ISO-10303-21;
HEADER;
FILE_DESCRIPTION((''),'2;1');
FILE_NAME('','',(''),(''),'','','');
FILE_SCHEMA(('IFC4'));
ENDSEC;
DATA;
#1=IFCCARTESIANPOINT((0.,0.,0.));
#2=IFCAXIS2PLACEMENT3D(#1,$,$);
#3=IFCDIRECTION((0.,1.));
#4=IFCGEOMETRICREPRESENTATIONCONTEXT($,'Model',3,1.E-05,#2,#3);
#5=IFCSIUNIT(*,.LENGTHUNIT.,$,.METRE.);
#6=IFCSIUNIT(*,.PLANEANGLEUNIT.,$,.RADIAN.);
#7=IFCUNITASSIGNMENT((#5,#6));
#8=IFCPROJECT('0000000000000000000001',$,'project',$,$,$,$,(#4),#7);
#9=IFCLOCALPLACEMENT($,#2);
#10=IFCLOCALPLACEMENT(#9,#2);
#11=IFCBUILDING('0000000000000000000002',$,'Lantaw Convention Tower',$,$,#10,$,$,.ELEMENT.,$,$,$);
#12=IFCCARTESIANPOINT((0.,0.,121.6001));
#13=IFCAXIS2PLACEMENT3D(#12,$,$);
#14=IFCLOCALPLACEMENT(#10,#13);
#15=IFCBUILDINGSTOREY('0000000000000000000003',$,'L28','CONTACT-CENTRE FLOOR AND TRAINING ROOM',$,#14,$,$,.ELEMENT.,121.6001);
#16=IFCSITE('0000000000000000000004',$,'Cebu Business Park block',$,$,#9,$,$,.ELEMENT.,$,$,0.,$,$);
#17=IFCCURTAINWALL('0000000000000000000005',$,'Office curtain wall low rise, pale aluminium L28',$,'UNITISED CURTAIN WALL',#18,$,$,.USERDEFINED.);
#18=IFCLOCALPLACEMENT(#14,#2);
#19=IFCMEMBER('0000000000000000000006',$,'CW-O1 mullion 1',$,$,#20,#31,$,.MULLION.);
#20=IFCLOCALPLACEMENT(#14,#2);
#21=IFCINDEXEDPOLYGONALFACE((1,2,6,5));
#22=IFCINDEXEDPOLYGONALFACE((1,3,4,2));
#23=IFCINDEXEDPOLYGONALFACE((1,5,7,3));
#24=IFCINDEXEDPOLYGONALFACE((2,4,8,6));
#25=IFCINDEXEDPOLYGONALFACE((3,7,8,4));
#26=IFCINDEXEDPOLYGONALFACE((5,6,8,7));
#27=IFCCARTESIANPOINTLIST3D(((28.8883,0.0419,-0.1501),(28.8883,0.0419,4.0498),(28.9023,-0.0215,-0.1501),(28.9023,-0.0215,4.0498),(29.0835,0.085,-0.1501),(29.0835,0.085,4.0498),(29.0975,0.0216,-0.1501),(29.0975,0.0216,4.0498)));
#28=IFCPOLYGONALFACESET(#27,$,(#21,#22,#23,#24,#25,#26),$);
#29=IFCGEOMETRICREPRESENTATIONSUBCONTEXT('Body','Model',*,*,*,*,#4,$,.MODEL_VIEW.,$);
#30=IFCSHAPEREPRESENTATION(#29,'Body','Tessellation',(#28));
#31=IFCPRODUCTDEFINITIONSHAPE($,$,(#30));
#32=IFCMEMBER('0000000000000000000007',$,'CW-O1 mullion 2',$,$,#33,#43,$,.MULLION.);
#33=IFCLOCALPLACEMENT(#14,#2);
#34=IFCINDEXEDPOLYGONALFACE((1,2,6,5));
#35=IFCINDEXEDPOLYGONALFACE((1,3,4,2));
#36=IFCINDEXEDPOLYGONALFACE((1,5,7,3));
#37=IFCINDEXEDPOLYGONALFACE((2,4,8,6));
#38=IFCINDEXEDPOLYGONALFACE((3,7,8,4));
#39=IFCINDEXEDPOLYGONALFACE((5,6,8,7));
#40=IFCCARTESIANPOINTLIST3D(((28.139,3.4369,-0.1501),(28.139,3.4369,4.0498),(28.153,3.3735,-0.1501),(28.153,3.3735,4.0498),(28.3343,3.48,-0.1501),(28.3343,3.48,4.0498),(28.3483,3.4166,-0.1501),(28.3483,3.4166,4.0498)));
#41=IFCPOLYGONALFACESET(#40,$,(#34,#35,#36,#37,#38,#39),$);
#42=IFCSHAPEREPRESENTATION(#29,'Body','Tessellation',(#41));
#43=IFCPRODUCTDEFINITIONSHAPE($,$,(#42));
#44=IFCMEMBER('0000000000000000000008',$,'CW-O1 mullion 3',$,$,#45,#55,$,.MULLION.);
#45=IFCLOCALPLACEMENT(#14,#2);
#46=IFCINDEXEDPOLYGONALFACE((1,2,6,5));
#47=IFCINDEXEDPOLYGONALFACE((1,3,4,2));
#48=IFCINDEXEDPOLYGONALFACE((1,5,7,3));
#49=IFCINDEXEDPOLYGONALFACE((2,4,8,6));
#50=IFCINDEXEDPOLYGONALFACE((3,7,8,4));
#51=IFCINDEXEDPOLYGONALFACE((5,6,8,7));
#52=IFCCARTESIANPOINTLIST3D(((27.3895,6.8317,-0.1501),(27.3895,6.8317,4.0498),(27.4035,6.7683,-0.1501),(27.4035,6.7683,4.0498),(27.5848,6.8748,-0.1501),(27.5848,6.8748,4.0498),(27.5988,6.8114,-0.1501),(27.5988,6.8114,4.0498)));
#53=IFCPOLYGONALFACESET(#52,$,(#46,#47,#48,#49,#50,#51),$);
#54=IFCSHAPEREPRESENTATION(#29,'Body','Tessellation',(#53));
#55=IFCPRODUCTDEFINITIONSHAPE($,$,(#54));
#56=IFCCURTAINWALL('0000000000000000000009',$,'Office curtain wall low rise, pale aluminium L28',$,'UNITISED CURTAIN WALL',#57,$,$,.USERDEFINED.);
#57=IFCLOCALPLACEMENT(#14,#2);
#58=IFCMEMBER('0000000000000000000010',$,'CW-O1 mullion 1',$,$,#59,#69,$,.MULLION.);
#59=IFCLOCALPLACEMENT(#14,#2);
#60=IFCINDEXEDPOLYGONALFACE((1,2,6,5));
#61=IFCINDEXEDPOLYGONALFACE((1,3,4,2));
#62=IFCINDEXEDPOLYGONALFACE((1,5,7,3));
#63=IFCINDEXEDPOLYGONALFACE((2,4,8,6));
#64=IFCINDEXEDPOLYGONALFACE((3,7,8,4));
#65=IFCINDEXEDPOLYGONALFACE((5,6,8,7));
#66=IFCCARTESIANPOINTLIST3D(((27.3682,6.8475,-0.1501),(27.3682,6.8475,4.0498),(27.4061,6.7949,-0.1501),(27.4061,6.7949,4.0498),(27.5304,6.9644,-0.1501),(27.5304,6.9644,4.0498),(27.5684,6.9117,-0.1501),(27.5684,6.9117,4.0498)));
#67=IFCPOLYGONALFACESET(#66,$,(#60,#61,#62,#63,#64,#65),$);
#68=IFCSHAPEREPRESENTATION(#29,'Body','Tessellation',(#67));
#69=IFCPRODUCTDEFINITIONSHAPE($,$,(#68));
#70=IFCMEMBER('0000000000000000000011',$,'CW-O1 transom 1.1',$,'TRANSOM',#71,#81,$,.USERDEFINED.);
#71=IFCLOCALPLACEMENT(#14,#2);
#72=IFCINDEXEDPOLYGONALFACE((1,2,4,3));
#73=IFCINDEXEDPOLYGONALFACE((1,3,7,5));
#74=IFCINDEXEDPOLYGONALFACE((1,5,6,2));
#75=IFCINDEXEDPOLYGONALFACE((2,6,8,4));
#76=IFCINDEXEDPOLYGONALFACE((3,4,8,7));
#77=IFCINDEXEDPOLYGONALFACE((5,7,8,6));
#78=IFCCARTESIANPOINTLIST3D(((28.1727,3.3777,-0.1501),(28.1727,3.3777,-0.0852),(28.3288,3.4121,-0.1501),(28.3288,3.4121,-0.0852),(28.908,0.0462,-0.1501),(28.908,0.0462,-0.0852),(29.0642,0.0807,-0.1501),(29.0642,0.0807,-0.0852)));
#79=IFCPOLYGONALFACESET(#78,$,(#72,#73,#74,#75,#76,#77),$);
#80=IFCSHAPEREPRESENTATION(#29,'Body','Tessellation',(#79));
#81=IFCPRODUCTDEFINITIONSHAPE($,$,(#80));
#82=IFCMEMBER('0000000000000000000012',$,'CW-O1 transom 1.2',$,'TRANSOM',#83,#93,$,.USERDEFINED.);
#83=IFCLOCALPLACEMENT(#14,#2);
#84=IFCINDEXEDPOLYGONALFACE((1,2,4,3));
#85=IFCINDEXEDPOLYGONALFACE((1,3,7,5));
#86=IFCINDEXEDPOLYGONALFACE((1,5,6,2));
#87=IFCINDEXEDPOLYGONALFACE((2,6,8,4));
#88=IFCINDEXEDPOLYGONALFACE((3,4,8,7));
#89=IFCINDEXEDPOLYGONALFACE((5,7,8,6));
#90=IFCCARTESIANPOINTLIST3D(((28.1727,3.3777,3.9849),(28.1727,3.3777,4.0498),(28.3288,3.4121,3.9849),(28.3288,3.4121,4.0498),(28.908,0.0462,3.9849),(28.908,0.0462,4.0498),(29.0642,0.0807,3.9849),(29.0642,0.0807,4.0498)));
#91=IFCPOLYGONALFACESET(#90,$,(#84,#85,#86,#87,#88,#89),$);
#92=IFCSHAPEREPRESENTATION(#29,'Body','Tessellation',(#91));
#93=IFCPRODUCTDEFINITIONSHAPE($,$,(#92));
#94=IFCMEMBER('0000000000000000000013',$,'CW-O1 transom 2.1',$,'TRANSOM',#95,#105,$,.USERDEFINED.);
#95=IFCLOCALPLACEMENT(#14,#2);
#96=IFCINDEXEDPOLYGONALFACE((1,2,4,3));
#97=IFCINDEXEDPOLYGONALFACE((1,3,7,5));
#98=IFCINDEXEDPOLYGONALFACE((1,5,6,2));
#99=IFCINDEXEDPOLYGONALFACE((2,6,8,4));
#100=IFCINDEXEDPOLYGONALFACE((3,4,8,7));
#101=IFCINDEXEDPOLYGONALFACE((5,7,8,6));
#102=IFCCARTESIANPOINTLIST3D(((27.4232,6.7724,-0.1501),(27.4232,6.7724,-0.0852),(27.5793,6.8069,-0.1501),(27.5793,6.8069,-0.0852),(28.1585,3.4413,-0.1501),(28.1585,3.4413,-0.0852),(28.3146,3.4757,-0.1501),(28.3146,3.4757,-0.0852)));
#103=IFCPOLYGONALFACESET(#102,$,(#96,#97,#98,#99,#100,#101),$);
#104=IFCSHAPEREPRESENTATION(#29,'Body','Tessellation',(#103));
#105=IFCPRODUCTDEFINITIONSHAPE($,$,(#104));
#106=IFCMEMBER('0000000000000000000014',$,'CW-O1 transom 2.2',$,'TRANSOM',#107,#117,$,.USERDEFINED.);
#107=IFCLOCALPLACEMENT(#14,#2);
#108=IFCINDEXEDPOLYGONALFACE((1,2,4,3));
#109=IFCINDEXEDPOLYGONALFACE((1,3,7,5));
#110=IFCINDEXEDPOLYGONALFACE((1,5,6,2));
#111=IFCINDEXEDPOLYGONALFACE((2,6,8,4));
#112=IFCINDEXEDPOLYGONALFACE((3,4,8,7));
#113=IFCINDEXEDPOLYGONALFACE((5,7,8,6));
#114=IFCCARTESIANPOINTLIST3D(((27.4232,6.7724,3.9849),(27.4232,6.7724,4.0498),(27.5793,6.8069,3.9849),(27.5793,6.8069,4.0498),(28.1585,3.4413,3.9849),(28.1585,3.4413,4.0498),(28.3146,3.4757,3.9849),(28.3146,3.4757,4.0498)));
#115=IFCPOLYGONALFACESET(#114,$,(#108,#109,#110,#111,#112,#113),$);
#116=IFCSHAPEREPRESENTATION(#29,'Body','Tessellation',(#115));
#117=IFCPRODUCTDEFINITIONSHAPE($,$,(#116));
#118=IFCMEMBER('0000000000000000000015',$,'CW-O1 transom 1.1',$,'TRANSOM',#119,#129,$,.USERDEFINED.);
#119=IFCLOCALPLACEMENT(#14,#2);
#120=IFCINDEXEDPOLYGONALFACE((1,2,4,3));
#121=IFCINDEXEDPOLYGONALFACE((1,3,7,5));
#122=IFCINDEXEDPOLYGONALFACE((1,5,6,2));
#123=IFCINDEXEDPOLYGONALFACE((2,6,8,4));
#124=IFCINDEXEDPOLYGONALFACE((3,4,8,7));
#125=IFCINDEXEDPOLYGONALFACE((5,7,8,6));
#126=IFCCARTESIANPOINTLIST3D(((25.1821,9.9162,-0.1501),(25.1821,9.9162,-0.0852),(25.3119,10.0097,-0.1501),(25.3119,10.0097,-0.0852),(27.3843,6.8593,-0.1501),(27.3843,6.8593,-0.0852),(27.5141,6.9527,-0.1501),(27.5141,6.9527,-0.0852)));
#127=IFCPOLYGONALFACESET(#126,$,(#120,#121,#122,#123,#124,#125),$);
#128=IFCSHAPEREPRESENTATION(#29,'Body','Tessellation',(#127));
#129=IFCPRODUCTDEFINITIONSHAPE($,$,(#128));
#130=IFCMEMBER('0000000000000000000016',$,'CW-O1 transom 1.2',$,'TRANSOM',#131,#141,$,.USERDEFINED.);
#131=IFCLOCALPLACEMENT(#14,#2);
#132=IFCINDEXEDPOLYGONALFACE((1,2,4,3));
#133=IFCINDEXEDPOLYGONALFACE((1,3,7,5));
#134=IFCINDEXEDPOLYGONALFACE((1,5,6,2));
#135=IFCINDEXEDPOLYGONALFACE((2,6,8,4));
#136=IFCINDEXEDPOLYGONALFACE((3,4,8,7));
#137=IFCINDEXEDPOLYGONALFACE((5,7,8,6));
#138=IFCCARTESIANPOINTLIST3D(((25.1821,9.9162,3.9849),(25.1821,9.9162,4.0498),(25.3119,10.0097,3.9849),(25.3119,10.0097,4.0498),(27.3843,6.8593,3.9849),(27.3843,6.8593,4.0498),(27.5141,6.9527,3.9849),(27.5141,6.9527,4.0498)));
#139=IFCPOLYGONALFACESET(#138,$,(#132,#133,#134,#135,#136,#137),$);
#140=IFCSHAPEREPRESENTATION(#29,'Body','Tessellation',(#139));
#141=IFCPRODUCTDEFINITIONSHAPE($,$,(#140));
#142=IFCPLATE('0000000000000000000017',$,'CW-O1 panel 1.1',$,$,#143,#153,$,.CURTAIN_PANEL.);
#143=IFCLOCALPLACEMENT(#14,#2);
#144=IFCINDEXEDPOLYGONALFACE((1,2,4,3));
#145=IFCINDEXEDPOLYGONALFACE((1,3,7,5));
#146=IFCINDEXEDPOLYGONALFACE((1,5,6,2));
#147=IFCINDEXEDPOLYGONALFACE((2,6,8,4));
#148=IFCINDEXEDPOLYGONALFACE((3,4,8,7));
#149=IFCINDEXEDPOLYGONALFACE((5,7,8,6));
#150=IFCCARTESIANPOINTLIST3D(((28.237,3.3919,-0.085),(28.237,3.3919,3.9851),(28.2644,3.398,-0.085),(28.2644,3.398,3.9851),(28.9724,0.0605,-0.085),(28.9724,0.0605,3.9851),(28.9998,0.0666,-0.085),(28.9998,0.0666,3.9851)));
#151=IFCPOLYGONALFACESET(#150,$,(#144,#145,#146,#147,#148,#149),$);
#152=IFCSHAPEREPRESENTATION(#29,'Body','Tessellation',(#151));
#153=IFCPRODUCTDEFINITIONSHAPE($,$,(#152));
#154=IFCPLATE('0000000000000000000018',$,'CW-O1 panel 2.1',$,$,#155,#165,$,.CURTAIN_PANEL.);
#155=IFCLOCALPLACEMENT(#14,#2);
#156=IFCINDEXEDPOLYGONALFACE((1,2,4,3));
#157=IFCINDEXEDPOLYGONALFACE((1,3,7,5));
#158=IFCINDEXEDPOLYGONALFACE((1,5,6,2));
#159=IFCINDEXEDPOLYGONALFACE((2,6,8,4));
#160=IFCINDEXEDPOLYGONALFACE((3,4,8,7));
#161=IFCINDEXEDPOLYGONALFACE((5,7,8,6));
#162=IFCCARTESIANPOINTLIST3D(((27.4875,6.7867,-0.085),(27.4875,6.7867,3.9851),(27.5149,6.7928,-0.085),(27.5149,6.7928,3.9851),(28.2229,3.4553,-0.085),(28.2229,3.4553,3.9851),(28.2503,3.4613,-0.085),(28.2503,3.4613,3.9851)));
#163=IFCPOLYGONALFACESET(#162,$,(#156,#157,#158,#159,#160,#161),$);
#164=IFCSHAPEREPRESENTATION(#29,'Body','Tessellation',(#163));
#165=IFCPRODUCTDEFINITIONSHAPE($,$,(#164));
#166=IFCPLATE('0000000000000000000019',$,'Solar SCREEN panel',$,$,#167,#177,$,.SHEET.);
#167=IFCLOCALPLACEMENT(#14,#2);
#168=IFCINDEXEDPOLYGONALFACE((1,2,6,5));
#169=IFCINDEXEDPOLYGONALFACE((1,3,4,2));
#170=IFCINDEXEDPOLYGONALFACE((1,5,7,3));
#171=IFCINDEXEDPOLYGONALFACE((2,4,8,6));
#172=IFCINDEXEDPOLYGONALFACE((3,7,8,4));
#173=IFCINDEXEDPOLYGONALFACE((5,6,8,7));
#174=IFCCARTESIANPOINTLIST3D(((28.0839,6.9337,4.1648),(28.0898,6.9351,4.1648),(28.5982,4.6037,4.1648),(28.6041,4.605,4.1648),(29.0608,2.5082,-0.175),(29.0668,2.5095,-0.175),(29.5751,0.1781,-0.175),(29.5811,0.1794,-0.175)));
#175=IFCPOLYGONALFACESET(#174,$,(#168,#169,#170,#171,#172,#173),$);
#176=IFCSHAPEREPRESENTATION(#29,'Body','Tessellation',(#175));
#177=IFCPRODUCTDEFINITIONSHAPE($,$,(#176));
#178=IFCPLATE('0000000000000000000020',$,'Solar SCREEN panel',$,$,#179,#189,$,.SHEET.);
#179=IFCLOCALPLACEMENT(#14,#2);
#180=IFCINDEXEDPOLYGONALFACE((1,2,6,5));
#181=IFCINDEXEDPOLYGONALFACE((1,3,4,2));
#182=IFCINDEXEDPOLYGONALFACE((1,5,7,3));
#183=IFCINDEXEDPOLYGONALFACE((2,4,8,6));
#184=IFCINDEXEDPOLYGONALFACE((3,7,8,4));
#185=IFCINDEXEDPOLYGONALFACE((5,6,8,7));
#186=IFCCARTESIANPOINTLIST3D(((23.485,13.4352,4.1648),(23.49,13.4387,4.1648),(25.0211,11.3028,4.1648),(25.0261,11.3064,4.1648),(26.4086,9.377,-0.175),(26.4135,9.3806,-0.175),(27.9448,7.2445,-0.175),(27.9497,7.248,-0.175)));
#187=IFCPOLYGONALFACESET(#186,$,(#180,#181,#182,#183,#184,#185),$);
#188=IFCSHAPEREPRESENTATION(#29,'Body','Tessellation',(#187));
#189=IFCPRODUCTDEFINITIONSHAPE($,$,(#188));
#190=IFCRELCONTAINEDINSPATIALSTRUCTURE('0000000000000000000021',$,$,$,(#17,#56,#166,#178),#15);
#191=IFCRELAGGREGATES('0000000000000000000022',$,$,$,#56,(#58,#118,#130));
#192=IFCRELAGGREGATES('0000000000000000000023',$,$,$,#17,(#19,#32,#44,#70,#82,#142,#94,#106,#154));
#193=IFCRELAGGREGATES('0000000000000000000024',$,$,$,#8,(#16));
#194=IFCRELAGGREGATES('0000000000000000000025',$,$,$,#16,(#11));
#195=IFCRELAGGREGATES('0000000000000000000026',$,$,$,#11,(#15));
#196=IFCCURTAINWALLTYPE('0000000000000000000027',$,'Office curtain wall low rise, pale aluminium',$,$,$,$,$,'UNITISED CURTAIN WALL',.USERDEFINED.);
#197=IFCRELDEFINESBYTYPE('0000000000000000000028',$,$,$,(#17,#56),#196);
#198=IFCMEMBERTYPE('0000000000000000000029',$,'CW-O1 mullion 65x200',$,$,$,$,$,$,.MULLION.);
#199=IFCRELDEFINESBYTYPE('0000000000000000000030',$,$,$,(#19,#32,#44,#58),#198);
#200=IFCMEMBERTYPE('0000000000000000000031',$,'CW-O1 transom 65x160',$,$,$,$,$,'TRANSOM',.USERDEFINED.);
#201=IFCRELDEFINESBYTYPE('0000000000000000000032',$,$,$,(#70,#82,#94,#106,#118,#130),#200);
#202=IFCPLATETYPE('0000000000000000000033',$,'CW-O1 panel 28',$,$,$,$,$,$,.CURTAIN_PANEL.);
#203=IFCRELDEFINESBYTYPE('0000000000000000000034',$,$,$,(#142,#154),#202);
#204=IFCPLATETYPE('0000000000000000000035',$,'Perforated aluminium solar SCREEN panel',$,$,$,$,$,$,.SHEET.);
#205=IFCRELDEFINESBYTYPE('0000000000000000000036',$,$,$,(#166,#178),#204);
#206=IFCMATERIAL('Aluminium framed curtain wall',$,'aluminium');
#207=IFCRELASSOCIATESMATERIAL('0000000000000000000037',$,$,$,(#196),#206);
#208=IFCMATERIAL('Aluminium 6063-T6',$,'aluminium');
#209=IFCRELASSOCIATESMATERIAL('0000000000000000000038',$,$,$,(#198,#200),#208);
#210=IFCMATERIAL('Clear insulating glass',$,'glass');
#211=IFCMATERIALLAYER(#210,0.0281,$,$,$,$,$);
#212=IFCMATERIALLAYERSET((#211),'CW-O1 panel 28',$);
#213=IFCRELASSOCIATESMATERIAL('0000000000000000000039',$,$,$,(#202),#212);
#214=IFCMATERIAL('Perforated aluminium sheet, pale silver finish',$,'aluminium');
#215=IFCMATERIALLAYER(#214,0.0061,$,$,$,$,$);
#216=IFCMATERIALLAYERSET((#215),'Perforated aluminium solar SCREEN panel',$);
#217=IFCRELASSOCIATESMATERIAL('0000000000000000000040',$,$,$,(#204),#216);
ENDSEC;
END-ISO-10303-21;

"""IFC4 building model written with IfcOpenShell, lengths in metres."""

from ifc_helpers import new_model, si_unit, direction, frame, origin, origin_2d, place, context, subcontext, project, spatial, polyline, rectangle, outline, extrude, material, layer, layer_set, material_profile, profile_set, type_object, element, aggregate, save


model = new_model("IFC4")

# Units and contexts
model_context = context("Model", 3, precision=1e-05, world=origin(), true_north=direction((0.0, 1.0)))
body_context = subcontext(model_context, "Body", "Model", "MODEL_VIEW")
ifc_project = project(units=[si_unit("LENGTHUNIT", "METRE"), si_unit("PLANEANGLEUNIT", "RADIAN")], contexts=[model_context])

# Site, building, storey
site_placement = place(None, origin())
site = spatial("IfcSite", under=ifc_project, at=site_placement, Name="Cebu Business Park block", CompositionType="ELEMENT", RefElevation=0.0)
building_placement = place(site_placement, origin())
building = spatial("IfcBuilding", under=site, at=building_placement, Name="Lantaw Convention Tower", CompositionType="ELEMENT")
storey_placement = place(building_placement, frame((0.0, 0.0, 121.6001)))
storey = spatial("IfcBuildingStorey", under=building, at=storey_placement, Name="L28", Description="CONTACT-CENTRE FLOOR AND TRAINING ROOM", CompositionType="ELEMENT", Elevation=121.6001)

# Curtain wall, members
ifc_material_1 = material(Name="Aluminium framed curtain wall", Category="aluminium")
curtain_wall_type = type_object("IfcCurtainWallType", Name="Office curtain wall low rise, pale aluminium", ElementType="UNITISED CURTAIN WALL", PredefinedType="USERDEFINED", material=ifc_material_1)
curtain_wall_1_placement = place(storey_placement, origin())
curtain_wall_1 = element("IfcCurtainWall", 1, at=curtain_wall_1_placement, inside=storey, type_object=curtain_wall_type, Name="Office curtain wall low rise, pale aluminium L28", ObjectType="UNITISED CURTAIN WALL", PredefinedType="USERDEFINED")
ifc_material_2 = material(Name="Aluminium 6063-T6", Category="aluminium")
ifc_material_profile_1 = material_profile(ifc_material_2, rectangle(XDim=0.2, YDim=0.0649, at=origin_2d()), Name="CW-O1 mullion 65x200")
ifc_profile_set_1 = profile_set([ifc_material_profile_1], Name="Aluminium 6063-T6")
member_type_1 = type_object("IfcMemberType", Name="CW-O1 mullion 65x200", PredefinedType="MULLION", material=ifc_profile_set_1)
member_1_placement = place(storey_placement, frame((28.9929, 0.0317, -0.1501), z_axis=(0.0, 0.0, 1.0), x_axis=(-0.976494, -0.215546, 0.0)))
member_1 = element("IfcMember", 2, at=member_1_placement, type_object=member_type_1, Name="CW-O1 mullion 1", PredefinedType="MULLION", context=body_context, shape_type="SweptSolid", body=[
    extrude(rectangle(XDim=0.2, YDim=0.0649, at=origin_2d()), origin(), (0.0, 0.0, 1.0), 4.2),
])
member_2_placement = place(storey_placement, frame((28.2437, 3.4268, -0.1501), z_axis=(0.0, 0.0, 1.0), x_axis=(-0.976494, -0.215546, 0.0)))
member_2 = element("IfcMember", 3, at=member_2_placement, type_object=member_type_1, Name="CW-O1 mullion 2", PredefinedType="MULLION", context=body_context, shape_type="SweptSolid", body=[
    extrude(rectangle(XDim=0.2, YDim=0.0649, at=origin_2d()), origin(), (0.0, 0.0, 1.0), 4.2),
])
member_3_placement = place(storey_placement, frame((27.4941, 6.8215, -0.1501), z_axis=(0.0, 0.0, 1.0), x_axis=(-0.976494, -0.215546, 0.0)))
member_3 = element("IfcMember", 4, at=member_3_placement, type_object=member_type_1, Name="CW-O1 mullion 3", PredefinedType="MULLION", context=body_context, shape_type="SweptSolid", body=[
    extrude(rectangle(XDim=0.2, YDim=0.0649, at=origin_2d()), origin(), (0.0, 0.0, 1.0), 4.2),
])

# Curtain wall, member
curtain_wall_2_placement = place(storey_placement, origin())
curtain_wall_2 = element("IfcCurtainWall", 5, at=curtain_wall_2_placement, inside=storey, type_object=curtain_wall_type, Name="Office curtain wall low rise, pale aluminium L28", ObjectType="UNITISED CURTAIN WALL", PredefinedType="USERDEFINED")
member_4_placement = place(storey_placement, frame((27.4683, 6.8796, -0.1501), z_axis=(0.0, 0.0, 1.0), x_axis=(-0.811385, -0.584513, 0.0)))
member_4 = element("IfcMember", 6, at=member_4_placement, type_object=member_type_1, Name="CW-O1 mullion 1", PredefinedType="MULLION", context=body_context, shape_type="SweptSolid", body=[
    extrude(rectangle(XDim=0.2, YDim=0.0649, at=origin_2d()), origin(), (0.0, 0.0, 1.0), 4.2),
])

# Members
ifc_material_profile_2 = material_profile(ifc_material_2, rectangle(XDim=0.1599, YDim=0.0649, at=origin_2d()), Name="CW-O1 transom 65x160")
ifc_profile_set_2 = profile_set([ifc_material_profile_2], Name="Aluminium 6063-T6")
member_type_2 = type_object("IfcMemberType", Name="CW-O1 transom 65x160", ElementType="TRANSOM", PredefinedType="USERDEFINED", material=ifc_profile_set_2)
member_5_placement = place(storey_placement, frame((28.9861, 0.0635, -0.1177), z_axis=(-0.215536, 0.976496, 0.0), x_axis=(-0.976496, -0.215536, 0.0)))
member_5 = element("IfcMember", 7, at=member_5_placement, type_object=member_type_2, Name="CW-O1 transom 1.1", ObjectType="TRANSOM", PredefinedType="USERDEFINED", context=body_context, shape_type="SweptSolid", body=[
    extrude(rectangle(XDim=0.1599, YDim=0.0649, at=origin_2d()), origin(), (0.0, 0.0, 1.0), 3.4116),
])
member_6_placement = place(storey_placement, frame((28.9861, 0.0635, 4.0173), z_axis=(-0.215536, 0.976496, 0.0), x_axis=(-0.976496, -0.215536, 0.0)))
member_6 = element("IfcMember", 8, at=member_6_placement, type_object=member_type_2, Name="CW-O1 transom 1.2", ObjectType="TRANSOM", PredefinedType="USERDEFINED", context=body_context, shape_type="SweptSolid", body=[
    extrude(rectangle(XDim=0.1599, YDim=0.0649, at=origin_2d()), origin(), (0.0, 0.0, 1.0), 3.4116),
])
member_7_placement = place(storey_placement, frame((28.2366, 3.4585, -0.1177), z_axis=(-0.215551, 0.976493, 0.0), x_axis=(-0.976493, -0.215551, 0.0)))
member_7 = element("IfcMember", 9, at=member_7_placement, type_object=member_type_2, Name="CW-O1 transom 2.1", ObjectType="TRANSOM", PredefinedType="USERDEFINED", context=body_context, shape_type="SweptSolid", body=[
    extrude(rectangle(XDim=0.1599, YDim=0.0649, at=origin_2d()), origin(), (0.0, 0.0, 1.0), 3.4114),
])
member_8_placement = place(storey_placement, frame((28.2366, 3.4585, 4.0173), z_axis=(-0.215551, 0.976493, 0.0), x_axis=(-0.976493, -0.215551, 0.0)))
member_8 = element("IfcMember", 10, at=member_8_placement, type_object=member_type_2, Name="CW-O1 transom 2.2", ObjectType="TRANSOM", PredefinedType="USERDEFINED", context=body_context, shape_type="SweptSolid", body=[
    extrude(rectangle(XDim=0.1599, YDim=0.0649, at=origin_2d()), origin(), (0.0, 0.0, 1.0), 3.4114),
])
member_9_placement = place(storey_placement, frame((27.4492, 6.906, -0.1177), z_axis=(-0.584513, 0.811384, 0.0), x_axis=(-0.811384, -0.584513, 0.0)))
member_9 = element("IfcMember", 11, at=member_9_placement, type_object=member_type_2, Name="CW-O1 transom 1.1", ObjectType="TRANSOM", PredefinedType="USERDEFINED", context=body_context, shape_type="SweptSolid", body=[
    extrude(rectangle(XDim=0.1599, YDim=0.0649, at=origin_2d()), origin(), (0.0, 0.0, 1.0), 3.7676),
])
member_10_placement = place(storey_placement, frame((27.4492, 6.906, 4.0173), z_axis=(-0.584513, 0.811384, 0.0), x_axis=(-0.811384, -0.584513, 0.0)))
member_10 = element("IfcMember", 12, at=member_10_placement, type_object=member_type_2, Name="CW-O1 transom 1.2", ObjectType="TRANSOM", PredefinedType="USERDEFINED", context=body_context, shape_type="SweptSolid", body=[
    extrude(rectangle(XDim=0.1599, YDim=0.0649, at=origin_2d()), origin(), (0.0, 0.0, 1.0), 3.7676),
])
aggregate(curtain_wall_2, [member_4, member_9, member_10])

# Plates
ifc_material_3 = material(Name="Clear insulating glass", Category="glass")
ifc_layer_1 = layer(ifc_material_3, 0.0281)
ifc_layer_set_1 = layer_set([ifc_layer_1], Name="CW-O1 panel 28")
plate_type_1 = type_object("IfcPlateType", Name="CW-O1 panel 28", PredefinedType="CURTAIN_PANEL", material=ifc_layer_set_1)
plate_1_placement = place(storey_placement, frame((28.6184, 1.7292, -0.085), z_axis=(0.0, 0.0, 1.0), x_axis=(-0.215546, 0.976494, 0.0)))
plate_1 = element("IfcPlate", 13, at=plate_1_placement, type_object=plate_type_1, Name="CW-O1 panel 1.1", PredefinedType="CURTAIN_PANEL", context=body_context, shape_type="SweptSolid", body=[
    extrude(rectangle(XDim=3.4116, YDim=0.0281, at=origin_2d()), origin(), (0.0, 0.0, 1.0), 4.0701),
])
plate_2_placement = place(storey_placement, frame((27.8689, 5.124, -0.085), z_axis=(0.0, 0.0, 1.0), x_axis=(-0.215546, 0.976494, 0.0)))
plate_2 = element("IfcPlate", 14, at=plate_2_placement, type_object=plate_type_1, Name="CW-O1 panel 2.1", PredefinedType="CURTAIN_PANEL", context=body_context, shape_type="SweptSolid", body=[
    extrude(rectangle(XDim=3.4116, YDim=0.0281, at=origin_2d()), origin(), (0.0, 0.0, 1.0), 4.0701),
])
aggregate(curtain_wall_1, [member_1, member_2, member_3, member_5, member_6, plate_1, member_7, member_8, plate_2])

# Plates
ifc_material_4 = material(Name="Perforated aluminium sheet, pale silver finish", Category="aluminium")
ifc_layer_2 = layer(ifc_material_4, 0.0061)
ifc_layer_set_2 = layer_set([ifc_layer_2], Name="Perforated aluminium solar SCREEN panel")
plate_type_2 = type_object("IfcPlateType", Name="Perforated aluminium solar SCREEN panel", PredefinedType="SHEET", material=ifc_layer_set_2)
plate_3_placement = place(storey_placement, frame((29.5811, 0.1794, -0.175), z_axis=(0.976498, 0.215527, 0.000033), x_axis=(-0.215527, 0.976498, 0.0)))
element("IfcPlate", 15, at=plate_3_placement, inside=storey, type_object=plate_type_2, Name="Solar SCREEN panel", PredefinedType="SHEET", context=body_context, shape_type="SweptSolid", body=[
    extrude(outline(polyline([(0.0, 0.0), (2.3862, 0.0), (6.9182, 4.3398), (4.5321, 4.3398), (0.0, 0.0)])), origin(), (0.0, 0.0, -1.0), 0.0061),
])
plate_4_placement = place(storey_placement, frame((27.9497, 7.248, -0.175), z_axis=(0.811395, 0.584498, 0.000036), x_axis=(-0.584498, 0.811395, 0.0)))
element("IfcPlate", 16, at=plate_4_placement, inside=storey, type_object=plate_type_2, Name="Solar SCREEN panel", PredefinedType="SHEET", context=body_context, shape_type="SweptSolid", body=[
    extrude(outline(polyline([(0.0, 0.0), (2.6282, 0.0), (7.6298, 4.3398), (5.0018, 4.3398), (0.0, 0.0)])), origin(), (0.0, 0.0, -1.0), 0.0061),
])

save(model, "model.ifc")
